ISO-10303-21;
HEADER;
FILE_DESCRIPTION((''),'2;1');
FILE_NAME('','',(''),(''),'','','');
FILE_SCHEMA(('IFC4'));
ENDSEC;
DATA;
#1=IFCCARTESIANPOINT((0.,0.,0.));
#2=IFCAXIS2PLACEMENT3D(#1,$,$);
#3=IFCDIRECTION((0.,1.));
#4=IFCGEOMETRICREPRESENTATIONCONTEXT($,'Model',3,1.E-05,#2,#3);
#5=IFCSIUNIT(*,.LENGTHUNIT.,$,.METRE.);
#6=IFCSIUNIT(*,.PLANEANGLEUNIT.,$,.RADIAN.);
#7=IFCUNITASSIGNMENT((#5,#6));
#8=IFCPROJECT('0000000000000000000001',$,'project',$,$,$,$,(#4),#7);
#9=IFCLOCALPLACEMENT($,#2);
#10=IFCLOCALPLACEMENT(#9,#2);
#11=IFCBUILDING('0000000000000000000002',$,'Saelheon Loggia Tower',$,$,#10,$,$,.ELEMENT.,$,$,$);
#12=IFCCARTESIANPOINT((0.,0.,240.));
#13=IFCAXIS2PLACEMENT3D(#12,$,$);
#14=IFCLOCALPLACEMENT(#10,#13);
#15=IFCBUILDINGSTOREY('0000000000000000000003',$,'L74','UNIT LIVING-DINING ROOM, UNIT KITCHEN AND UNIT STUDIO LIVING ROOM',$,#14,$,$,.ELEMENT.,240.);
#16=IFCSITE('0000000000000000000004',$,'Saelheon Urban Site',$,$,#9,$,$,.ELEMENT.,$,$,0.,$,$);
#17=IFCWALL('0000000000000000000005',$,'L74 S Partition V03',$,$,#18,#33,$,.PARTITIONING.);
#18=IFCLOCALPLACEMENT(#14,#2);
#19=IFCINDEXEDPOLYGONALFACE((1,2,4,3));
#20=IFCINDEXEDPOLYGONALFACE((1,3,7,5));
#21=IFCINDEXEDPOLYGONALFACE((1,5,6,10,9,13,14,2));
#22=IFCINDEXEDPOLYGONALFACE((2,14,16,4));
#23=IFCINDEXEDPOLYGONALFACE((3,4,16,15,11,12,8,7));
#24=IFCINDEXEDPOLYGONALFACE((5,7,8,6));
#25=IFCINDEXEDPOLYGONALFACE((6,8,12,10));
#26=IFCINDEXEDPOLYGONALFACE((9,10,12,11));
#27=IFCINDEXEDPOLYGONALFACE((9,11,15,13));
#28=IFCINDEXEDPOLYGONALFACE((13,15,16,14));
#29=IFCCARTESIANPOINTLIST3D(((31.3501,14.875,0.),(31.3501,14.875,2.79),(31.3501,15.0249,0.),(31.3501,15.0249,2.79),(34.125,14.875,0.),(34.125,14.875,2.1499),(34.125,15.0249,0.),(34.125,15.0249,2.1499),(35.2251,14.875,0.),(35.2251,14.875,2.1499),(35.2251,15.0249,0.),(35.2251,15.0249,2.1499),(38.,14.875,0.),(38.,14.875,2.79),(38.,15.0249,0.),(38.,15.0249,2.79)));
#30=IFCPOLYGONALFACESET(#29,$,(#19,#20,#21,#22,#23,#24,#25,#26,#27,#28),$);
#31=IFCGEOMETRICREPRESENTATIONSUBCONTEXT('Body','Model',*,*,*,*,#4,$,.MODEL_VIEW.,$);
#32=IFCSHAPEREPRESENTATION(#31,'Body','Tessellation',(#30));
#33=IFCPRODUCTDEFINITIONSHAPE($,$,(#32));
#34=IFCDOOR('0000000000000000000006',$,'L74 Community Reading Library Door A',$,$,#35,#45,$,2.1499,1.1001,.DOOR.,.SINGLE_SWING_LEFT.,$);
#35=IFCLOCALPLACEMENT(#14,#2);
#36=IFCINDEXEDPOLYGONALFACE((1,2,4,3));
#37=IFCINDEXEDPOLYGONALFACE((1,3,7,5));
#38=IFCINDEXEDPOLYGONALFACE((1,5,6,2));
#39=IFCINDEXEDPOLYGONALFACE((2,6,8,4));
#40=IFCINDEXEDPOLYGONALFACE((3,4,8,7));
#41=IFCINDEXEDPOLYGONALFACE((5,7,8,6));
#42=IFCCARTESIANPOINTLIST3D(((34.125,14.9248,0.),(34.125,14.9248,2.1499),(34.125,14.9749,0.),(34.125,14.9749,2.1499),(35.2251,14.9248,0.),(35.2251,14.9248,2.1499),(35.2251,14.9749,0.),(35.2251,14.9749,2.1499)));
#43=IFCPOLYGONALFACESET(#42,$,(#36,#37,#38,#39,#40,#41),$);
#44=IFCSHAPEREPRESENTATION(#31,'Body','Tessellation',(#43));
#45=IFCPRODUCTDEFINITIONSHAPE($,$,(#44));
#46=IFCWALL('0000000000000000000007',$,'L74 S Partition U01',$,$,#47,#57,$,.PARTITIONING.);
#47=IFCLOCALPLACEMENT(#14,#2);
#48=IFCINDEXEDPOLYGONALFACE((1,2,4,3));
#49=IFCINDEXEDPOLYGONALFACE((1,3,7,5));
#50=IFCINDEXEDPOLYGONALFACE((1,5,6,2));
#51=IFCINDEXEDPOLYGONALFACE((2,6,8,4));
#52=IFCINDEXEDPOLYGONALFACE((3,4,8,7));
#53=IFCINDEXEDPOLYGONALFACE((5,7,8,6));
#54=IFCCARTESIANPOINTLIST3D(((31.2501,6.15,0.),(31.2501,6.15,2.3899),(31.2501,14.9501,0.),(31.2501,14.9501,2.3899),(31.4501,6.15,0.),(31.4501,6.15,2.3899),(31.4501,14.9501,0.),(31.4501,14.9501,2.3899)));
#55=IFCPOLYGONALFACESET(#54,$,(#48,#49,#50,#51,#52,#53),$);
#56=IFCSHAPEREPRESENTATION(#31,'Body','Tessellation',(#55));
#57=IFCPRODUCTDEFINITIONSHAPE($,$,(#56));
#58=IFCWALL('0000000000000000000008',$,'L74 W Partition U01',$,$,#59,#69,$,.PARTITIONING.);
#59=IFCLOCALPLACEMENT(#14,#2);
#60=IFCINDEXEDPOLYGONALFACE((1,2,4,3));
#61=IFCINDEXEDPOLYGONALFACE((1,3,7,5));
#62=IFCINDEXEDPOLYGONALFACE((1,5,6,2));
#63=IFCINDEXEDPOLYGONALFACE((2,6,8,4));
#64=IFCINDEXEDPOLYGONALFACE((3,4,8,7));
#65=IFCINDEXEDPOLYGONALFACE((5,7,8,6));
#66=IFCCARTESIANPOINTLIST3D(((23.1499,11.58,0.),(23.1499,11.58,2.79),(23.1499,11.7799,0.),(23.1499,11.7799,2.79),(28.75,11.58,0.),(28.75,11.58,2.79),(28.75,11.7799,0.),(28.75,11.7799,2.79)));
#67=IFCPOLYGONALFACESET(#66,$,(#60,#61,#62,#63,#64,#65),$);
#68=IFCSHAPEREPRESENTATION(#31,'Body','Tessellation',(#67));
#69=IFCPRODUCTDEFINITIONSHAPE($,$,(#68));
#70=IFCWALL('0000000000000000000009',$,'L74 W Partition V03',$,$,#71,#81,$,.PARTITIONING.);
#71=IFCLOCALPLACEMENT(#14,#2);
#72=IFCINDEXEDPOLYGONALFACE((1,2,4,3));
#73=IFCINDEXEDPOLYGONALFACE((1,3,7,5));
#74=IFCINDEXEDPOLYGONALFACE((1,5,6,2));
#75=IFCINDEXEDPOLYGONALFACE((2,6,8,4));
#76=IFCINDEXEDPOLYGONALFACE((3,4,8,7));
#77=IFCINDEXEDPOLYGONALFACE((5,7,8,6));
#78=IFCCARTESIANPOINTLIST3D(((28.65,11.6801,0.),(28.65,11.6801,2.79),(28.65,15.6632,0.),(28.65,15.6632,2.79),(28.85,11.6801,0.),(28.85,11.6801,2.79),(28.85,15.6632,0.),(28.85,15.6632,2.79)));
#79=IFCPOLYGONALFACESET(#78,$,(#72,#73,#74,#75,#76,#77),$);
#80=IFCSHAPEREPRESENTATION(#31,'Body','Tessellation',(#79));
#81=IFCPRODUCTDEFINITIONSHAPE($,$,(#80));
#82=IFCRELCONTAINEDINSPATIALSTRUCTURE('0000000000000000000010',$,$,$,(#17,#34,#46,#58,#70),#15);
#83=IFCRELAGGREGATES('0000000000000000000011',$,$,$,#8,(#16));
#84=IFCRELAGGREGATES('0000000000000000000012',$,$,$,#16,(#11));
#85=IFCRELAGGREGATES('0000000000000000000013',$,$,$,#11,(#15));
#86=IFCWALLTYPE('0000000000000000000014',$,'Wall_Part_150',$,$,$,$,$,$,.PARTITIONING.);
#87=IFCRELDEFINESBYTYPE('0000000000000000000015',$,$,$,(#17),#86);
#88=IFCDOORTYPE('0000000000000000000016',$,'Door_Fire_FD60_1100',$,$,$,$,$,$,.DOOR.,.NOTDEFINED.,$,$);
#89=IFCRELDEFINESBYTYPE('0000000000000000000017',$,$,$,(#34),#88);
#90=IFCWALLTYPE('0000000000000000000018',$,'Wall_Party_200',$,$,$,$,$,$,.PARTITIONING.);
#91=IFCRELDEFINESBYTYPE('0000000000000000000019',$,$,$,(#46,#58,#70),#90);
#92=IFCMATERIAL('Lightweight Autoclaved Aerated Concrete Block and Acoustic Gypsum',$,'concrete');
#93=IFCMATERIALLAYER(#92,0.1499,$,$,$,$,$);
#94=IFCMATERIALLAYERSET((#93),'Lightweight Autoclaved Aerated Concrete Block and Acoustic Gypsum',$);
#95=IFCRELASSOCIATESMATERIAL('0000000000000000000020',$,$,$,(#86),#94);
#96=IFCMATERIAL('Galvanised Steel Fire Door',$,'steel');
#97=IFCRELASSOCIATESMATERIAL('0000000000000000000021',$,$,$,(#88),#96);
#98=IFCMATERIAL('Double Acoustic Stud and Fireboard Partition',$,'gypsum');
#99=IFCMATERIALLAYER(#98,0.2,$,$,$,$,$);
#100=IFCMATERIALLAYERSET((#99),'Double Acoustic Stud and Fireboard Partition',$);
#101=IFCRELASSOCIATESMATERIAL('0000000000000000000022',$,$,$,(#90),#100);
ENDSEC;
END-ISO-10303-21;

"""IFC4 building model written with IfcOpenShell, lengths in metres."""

from ifc_helpers import new_model, si_unit, direction, frame, frame_2d, origin, place, context, subcontext, project, spatial, rectangle, extrude, source, transform, mapped, material, layer, layer_set, type_object, element, fill, save


model = new_model("IFC4")

# Units and contexts
model_context = context("Model", 3, precision=1e-05, world=origin(), true_north=direction((0.0, 1.0)))
body_context = subcontext(model_context, "Body", "Model", "MODEL_VIEW")
ifc_project = project(units=[si_unit("LENGTHUNIT", "METRE"), si_unit("PLANEANGLEUNIT", "RADIAN")], contexts=[model_context])

# Site, building, storey
site_placement = place(None, origin())
site = spatial("IfcSite", under=ifc_project, at=site_placement, Name="Saelheon Urban Site", CompositionType="ELEMENT", RefElevation=0.0)
building_placement = place(site_placement, origin())
building = spatial("IfcBuilding", under=site, at=building_placement, Name="Saelheon Loggia Tower", CompositionType="ELEMENT")
storey_placement = place(building_placement, frame((0.0, 0.0, 240.0)))
storey = spatial("IfcBuildingStorey", under=building, at=storey_placement, Name="L74", Description="UNIT LIVING-DINING ROOM, UNIT KITCHEN AND UNIT STUDIO LIVING ROOM", CompositionType="ELEMENT", Elevation=240.0)

# Shared definitions
shared_shape_1 = source(origin(), body_context, "Body", "SweptSolid", [
    extrude(rectangle(XDim=1.1001, YDim=2.1499, at=frame_2d((0.55, 1.075))), frame((0.0, 0.0249, 0.0), z_axis=(0.0, -1.0, 0.0), x_axis=(1.0, 0.0, 0.0)), (0.0, 0.0, 1.0), 0.05),
])

# Wall, opening, door
ifc_material_1 = material(Name="Lightweight Autoclaved Aerated Concrete Block and Acoustic Gypsum", Category="concrete")
ifc_layer_1 = layer(ifc_material_1, 0.1499)
ifc_layer_set_1 = layer_set([ifc_layer_1], Name="Lightweight Autoclaved Aerated Concrete Block and Acoustic Gypsum")
wall_type_1 = type_object("IfcWallType", Name="Wall_Part_150", PredefinedType="PARTITIONING", material=ifc_layer_set_1)
wall_1_placement = place(storey_placement, frame((31.3501, 14.95, 0.0), z_axis=(0.0, 0.0, 1.0), x_axis=(1.0, 0.0, 0.0)))
wall_1 = element("IfcWall", 1, at=wall_1_placement, inside=storey, type_object=wall_type_1, Name="L74 S Partition V03", PredefinedType="PARTITIONING", context=body_context, shape_type="SweptSolid", body=[
    extrude(rectangle(XDim=6.6499, YDim=0.1499, at=frame_2d((3.325, 0.0))), origin(), (0.0, 0.0, 1.0), 2.79),
])
opening_1_placement = place(wall_1_placement, frame((2.7749, 0.0, 0.0)))
opening_1 = element("IfcOpeningElement", 2, at=opening_1_placement, cuts=wall_1, PredefinedType="OPENING", context=body_context, shape_type="SweptSolid", body=[
    extrude(rectangle(XDim=1.1001, YDim=2.1499, at=frame_2d((0.55, 1.075))), frame((0.0, 0.0869, 0.0), z_axis=(0.0, -1.0, 0.0), x_axis=(1.0, 0.0, 0.0)), (0.0, 0.0, 1.0), 0.1738),
])
ifc_material_2 = material(Name="Galvanised Steel Fire Door", Category="steel")
door_type_1 = type_object("IfcDoorType", Name="Door_Fire_FD60_1100", OperationType="NOTDEFINED", PredefinedType="DOOR", material=ifc_material_2)
door_1_placement = place(opening_1_placement, origin())
door_1 = element("IfcDoor", 3, at=door_1_placement, inside=storey, type_object=door_type_1, Name="L74 Community Reading Library Door A", OperationType="SINGLE_SWING_LEFT", OverallHeight=2.1499, OverallWidth=1.1001, PredefinedType="DOOR", context=body_context, shape_type="MappedRepresentation", body=[
    mapped(shared_shape_1, transform((0.0, 0.0, 0.0), scale=1.0)),
])
fill(opening_1, door_1)

# Walls
ifc_material_3 = material(Name="Double Acoustic Stud and Fireboard Partition", Category="gypsum")
ifc_layer_2 = layer(ifc_material_3, 0.2)
ifc_layer_set_2 = layer_set([ifc_layer_2], Name="Double Acoustic Stud and Fireboard Partition")
wall_type_2 = type_object("IfcWallType", Name="Wall_Party_200", PredefinedType="PARTITIONING", material=ifc_layer_set_2)
wall_2_placement = place(storey_placement, frame((31.3501, 14.95, 0.0), z_axis=(0.0, 0.0, 1.0), x_axis=(0.0, -1.0, 0.0)))
element("IfcWall", 4, at=wall_2_placement, inside=storey, type_object=wall_type_2, Name="L74 S Partition U01", PredefinedType="PARTITIONING", context=body_context, shape_type="SweptSolid", body=[
    extrude(rectangle(XDim=8.8, YDim=0.2, at=frame_2d((4.3999, 0.0))), origin(), (0.0, 0.0, 1.0), 2.3899),
])
wall_3_placement = place(storey_placement, frame((28.75, 11.6799, 0.0), z_axis=(0.0, 0.0, 1.0), x_axis=(-1.0, 0.0, 0.0)))
element("IfcWall", 5, at=wall_3_placement, inside=storey, type_object=wall_type_2, Name="L74 W Partition U01", PredefinedType="PARTITIONING", context=body_context, shape_type="SweptSolid", body=[
    extrude(rectangle(XDim=5.6001, YDim=0.2, at=frame_2d((2.8, 0.0))), origin(), (0.0, 0.0, 1.0), 2.79),
])
wall_4_placement = place(storey_placement, frame((28.75, 11.6799, 0.0), z_axis=(0.0, 0.0, 1.0), x_axis=(0.0, 1.0, 0.0)))
element("IfcWall", 6, at=wall_4_placement, inside=storey, type_object=wall_type_2, Name="L74 W Partition V03", PredefinedType="PARTITIONING", context=body_context, shape_type="SweptSolid", body=[
    extrude(rectangle(XDim=3.9832, YDim=0.2, at=frame_2d((1.9917, 0.0))), origin(), (0.0, 0.0, 1.0), 2.79),
])

save(model, "model.ifc")
